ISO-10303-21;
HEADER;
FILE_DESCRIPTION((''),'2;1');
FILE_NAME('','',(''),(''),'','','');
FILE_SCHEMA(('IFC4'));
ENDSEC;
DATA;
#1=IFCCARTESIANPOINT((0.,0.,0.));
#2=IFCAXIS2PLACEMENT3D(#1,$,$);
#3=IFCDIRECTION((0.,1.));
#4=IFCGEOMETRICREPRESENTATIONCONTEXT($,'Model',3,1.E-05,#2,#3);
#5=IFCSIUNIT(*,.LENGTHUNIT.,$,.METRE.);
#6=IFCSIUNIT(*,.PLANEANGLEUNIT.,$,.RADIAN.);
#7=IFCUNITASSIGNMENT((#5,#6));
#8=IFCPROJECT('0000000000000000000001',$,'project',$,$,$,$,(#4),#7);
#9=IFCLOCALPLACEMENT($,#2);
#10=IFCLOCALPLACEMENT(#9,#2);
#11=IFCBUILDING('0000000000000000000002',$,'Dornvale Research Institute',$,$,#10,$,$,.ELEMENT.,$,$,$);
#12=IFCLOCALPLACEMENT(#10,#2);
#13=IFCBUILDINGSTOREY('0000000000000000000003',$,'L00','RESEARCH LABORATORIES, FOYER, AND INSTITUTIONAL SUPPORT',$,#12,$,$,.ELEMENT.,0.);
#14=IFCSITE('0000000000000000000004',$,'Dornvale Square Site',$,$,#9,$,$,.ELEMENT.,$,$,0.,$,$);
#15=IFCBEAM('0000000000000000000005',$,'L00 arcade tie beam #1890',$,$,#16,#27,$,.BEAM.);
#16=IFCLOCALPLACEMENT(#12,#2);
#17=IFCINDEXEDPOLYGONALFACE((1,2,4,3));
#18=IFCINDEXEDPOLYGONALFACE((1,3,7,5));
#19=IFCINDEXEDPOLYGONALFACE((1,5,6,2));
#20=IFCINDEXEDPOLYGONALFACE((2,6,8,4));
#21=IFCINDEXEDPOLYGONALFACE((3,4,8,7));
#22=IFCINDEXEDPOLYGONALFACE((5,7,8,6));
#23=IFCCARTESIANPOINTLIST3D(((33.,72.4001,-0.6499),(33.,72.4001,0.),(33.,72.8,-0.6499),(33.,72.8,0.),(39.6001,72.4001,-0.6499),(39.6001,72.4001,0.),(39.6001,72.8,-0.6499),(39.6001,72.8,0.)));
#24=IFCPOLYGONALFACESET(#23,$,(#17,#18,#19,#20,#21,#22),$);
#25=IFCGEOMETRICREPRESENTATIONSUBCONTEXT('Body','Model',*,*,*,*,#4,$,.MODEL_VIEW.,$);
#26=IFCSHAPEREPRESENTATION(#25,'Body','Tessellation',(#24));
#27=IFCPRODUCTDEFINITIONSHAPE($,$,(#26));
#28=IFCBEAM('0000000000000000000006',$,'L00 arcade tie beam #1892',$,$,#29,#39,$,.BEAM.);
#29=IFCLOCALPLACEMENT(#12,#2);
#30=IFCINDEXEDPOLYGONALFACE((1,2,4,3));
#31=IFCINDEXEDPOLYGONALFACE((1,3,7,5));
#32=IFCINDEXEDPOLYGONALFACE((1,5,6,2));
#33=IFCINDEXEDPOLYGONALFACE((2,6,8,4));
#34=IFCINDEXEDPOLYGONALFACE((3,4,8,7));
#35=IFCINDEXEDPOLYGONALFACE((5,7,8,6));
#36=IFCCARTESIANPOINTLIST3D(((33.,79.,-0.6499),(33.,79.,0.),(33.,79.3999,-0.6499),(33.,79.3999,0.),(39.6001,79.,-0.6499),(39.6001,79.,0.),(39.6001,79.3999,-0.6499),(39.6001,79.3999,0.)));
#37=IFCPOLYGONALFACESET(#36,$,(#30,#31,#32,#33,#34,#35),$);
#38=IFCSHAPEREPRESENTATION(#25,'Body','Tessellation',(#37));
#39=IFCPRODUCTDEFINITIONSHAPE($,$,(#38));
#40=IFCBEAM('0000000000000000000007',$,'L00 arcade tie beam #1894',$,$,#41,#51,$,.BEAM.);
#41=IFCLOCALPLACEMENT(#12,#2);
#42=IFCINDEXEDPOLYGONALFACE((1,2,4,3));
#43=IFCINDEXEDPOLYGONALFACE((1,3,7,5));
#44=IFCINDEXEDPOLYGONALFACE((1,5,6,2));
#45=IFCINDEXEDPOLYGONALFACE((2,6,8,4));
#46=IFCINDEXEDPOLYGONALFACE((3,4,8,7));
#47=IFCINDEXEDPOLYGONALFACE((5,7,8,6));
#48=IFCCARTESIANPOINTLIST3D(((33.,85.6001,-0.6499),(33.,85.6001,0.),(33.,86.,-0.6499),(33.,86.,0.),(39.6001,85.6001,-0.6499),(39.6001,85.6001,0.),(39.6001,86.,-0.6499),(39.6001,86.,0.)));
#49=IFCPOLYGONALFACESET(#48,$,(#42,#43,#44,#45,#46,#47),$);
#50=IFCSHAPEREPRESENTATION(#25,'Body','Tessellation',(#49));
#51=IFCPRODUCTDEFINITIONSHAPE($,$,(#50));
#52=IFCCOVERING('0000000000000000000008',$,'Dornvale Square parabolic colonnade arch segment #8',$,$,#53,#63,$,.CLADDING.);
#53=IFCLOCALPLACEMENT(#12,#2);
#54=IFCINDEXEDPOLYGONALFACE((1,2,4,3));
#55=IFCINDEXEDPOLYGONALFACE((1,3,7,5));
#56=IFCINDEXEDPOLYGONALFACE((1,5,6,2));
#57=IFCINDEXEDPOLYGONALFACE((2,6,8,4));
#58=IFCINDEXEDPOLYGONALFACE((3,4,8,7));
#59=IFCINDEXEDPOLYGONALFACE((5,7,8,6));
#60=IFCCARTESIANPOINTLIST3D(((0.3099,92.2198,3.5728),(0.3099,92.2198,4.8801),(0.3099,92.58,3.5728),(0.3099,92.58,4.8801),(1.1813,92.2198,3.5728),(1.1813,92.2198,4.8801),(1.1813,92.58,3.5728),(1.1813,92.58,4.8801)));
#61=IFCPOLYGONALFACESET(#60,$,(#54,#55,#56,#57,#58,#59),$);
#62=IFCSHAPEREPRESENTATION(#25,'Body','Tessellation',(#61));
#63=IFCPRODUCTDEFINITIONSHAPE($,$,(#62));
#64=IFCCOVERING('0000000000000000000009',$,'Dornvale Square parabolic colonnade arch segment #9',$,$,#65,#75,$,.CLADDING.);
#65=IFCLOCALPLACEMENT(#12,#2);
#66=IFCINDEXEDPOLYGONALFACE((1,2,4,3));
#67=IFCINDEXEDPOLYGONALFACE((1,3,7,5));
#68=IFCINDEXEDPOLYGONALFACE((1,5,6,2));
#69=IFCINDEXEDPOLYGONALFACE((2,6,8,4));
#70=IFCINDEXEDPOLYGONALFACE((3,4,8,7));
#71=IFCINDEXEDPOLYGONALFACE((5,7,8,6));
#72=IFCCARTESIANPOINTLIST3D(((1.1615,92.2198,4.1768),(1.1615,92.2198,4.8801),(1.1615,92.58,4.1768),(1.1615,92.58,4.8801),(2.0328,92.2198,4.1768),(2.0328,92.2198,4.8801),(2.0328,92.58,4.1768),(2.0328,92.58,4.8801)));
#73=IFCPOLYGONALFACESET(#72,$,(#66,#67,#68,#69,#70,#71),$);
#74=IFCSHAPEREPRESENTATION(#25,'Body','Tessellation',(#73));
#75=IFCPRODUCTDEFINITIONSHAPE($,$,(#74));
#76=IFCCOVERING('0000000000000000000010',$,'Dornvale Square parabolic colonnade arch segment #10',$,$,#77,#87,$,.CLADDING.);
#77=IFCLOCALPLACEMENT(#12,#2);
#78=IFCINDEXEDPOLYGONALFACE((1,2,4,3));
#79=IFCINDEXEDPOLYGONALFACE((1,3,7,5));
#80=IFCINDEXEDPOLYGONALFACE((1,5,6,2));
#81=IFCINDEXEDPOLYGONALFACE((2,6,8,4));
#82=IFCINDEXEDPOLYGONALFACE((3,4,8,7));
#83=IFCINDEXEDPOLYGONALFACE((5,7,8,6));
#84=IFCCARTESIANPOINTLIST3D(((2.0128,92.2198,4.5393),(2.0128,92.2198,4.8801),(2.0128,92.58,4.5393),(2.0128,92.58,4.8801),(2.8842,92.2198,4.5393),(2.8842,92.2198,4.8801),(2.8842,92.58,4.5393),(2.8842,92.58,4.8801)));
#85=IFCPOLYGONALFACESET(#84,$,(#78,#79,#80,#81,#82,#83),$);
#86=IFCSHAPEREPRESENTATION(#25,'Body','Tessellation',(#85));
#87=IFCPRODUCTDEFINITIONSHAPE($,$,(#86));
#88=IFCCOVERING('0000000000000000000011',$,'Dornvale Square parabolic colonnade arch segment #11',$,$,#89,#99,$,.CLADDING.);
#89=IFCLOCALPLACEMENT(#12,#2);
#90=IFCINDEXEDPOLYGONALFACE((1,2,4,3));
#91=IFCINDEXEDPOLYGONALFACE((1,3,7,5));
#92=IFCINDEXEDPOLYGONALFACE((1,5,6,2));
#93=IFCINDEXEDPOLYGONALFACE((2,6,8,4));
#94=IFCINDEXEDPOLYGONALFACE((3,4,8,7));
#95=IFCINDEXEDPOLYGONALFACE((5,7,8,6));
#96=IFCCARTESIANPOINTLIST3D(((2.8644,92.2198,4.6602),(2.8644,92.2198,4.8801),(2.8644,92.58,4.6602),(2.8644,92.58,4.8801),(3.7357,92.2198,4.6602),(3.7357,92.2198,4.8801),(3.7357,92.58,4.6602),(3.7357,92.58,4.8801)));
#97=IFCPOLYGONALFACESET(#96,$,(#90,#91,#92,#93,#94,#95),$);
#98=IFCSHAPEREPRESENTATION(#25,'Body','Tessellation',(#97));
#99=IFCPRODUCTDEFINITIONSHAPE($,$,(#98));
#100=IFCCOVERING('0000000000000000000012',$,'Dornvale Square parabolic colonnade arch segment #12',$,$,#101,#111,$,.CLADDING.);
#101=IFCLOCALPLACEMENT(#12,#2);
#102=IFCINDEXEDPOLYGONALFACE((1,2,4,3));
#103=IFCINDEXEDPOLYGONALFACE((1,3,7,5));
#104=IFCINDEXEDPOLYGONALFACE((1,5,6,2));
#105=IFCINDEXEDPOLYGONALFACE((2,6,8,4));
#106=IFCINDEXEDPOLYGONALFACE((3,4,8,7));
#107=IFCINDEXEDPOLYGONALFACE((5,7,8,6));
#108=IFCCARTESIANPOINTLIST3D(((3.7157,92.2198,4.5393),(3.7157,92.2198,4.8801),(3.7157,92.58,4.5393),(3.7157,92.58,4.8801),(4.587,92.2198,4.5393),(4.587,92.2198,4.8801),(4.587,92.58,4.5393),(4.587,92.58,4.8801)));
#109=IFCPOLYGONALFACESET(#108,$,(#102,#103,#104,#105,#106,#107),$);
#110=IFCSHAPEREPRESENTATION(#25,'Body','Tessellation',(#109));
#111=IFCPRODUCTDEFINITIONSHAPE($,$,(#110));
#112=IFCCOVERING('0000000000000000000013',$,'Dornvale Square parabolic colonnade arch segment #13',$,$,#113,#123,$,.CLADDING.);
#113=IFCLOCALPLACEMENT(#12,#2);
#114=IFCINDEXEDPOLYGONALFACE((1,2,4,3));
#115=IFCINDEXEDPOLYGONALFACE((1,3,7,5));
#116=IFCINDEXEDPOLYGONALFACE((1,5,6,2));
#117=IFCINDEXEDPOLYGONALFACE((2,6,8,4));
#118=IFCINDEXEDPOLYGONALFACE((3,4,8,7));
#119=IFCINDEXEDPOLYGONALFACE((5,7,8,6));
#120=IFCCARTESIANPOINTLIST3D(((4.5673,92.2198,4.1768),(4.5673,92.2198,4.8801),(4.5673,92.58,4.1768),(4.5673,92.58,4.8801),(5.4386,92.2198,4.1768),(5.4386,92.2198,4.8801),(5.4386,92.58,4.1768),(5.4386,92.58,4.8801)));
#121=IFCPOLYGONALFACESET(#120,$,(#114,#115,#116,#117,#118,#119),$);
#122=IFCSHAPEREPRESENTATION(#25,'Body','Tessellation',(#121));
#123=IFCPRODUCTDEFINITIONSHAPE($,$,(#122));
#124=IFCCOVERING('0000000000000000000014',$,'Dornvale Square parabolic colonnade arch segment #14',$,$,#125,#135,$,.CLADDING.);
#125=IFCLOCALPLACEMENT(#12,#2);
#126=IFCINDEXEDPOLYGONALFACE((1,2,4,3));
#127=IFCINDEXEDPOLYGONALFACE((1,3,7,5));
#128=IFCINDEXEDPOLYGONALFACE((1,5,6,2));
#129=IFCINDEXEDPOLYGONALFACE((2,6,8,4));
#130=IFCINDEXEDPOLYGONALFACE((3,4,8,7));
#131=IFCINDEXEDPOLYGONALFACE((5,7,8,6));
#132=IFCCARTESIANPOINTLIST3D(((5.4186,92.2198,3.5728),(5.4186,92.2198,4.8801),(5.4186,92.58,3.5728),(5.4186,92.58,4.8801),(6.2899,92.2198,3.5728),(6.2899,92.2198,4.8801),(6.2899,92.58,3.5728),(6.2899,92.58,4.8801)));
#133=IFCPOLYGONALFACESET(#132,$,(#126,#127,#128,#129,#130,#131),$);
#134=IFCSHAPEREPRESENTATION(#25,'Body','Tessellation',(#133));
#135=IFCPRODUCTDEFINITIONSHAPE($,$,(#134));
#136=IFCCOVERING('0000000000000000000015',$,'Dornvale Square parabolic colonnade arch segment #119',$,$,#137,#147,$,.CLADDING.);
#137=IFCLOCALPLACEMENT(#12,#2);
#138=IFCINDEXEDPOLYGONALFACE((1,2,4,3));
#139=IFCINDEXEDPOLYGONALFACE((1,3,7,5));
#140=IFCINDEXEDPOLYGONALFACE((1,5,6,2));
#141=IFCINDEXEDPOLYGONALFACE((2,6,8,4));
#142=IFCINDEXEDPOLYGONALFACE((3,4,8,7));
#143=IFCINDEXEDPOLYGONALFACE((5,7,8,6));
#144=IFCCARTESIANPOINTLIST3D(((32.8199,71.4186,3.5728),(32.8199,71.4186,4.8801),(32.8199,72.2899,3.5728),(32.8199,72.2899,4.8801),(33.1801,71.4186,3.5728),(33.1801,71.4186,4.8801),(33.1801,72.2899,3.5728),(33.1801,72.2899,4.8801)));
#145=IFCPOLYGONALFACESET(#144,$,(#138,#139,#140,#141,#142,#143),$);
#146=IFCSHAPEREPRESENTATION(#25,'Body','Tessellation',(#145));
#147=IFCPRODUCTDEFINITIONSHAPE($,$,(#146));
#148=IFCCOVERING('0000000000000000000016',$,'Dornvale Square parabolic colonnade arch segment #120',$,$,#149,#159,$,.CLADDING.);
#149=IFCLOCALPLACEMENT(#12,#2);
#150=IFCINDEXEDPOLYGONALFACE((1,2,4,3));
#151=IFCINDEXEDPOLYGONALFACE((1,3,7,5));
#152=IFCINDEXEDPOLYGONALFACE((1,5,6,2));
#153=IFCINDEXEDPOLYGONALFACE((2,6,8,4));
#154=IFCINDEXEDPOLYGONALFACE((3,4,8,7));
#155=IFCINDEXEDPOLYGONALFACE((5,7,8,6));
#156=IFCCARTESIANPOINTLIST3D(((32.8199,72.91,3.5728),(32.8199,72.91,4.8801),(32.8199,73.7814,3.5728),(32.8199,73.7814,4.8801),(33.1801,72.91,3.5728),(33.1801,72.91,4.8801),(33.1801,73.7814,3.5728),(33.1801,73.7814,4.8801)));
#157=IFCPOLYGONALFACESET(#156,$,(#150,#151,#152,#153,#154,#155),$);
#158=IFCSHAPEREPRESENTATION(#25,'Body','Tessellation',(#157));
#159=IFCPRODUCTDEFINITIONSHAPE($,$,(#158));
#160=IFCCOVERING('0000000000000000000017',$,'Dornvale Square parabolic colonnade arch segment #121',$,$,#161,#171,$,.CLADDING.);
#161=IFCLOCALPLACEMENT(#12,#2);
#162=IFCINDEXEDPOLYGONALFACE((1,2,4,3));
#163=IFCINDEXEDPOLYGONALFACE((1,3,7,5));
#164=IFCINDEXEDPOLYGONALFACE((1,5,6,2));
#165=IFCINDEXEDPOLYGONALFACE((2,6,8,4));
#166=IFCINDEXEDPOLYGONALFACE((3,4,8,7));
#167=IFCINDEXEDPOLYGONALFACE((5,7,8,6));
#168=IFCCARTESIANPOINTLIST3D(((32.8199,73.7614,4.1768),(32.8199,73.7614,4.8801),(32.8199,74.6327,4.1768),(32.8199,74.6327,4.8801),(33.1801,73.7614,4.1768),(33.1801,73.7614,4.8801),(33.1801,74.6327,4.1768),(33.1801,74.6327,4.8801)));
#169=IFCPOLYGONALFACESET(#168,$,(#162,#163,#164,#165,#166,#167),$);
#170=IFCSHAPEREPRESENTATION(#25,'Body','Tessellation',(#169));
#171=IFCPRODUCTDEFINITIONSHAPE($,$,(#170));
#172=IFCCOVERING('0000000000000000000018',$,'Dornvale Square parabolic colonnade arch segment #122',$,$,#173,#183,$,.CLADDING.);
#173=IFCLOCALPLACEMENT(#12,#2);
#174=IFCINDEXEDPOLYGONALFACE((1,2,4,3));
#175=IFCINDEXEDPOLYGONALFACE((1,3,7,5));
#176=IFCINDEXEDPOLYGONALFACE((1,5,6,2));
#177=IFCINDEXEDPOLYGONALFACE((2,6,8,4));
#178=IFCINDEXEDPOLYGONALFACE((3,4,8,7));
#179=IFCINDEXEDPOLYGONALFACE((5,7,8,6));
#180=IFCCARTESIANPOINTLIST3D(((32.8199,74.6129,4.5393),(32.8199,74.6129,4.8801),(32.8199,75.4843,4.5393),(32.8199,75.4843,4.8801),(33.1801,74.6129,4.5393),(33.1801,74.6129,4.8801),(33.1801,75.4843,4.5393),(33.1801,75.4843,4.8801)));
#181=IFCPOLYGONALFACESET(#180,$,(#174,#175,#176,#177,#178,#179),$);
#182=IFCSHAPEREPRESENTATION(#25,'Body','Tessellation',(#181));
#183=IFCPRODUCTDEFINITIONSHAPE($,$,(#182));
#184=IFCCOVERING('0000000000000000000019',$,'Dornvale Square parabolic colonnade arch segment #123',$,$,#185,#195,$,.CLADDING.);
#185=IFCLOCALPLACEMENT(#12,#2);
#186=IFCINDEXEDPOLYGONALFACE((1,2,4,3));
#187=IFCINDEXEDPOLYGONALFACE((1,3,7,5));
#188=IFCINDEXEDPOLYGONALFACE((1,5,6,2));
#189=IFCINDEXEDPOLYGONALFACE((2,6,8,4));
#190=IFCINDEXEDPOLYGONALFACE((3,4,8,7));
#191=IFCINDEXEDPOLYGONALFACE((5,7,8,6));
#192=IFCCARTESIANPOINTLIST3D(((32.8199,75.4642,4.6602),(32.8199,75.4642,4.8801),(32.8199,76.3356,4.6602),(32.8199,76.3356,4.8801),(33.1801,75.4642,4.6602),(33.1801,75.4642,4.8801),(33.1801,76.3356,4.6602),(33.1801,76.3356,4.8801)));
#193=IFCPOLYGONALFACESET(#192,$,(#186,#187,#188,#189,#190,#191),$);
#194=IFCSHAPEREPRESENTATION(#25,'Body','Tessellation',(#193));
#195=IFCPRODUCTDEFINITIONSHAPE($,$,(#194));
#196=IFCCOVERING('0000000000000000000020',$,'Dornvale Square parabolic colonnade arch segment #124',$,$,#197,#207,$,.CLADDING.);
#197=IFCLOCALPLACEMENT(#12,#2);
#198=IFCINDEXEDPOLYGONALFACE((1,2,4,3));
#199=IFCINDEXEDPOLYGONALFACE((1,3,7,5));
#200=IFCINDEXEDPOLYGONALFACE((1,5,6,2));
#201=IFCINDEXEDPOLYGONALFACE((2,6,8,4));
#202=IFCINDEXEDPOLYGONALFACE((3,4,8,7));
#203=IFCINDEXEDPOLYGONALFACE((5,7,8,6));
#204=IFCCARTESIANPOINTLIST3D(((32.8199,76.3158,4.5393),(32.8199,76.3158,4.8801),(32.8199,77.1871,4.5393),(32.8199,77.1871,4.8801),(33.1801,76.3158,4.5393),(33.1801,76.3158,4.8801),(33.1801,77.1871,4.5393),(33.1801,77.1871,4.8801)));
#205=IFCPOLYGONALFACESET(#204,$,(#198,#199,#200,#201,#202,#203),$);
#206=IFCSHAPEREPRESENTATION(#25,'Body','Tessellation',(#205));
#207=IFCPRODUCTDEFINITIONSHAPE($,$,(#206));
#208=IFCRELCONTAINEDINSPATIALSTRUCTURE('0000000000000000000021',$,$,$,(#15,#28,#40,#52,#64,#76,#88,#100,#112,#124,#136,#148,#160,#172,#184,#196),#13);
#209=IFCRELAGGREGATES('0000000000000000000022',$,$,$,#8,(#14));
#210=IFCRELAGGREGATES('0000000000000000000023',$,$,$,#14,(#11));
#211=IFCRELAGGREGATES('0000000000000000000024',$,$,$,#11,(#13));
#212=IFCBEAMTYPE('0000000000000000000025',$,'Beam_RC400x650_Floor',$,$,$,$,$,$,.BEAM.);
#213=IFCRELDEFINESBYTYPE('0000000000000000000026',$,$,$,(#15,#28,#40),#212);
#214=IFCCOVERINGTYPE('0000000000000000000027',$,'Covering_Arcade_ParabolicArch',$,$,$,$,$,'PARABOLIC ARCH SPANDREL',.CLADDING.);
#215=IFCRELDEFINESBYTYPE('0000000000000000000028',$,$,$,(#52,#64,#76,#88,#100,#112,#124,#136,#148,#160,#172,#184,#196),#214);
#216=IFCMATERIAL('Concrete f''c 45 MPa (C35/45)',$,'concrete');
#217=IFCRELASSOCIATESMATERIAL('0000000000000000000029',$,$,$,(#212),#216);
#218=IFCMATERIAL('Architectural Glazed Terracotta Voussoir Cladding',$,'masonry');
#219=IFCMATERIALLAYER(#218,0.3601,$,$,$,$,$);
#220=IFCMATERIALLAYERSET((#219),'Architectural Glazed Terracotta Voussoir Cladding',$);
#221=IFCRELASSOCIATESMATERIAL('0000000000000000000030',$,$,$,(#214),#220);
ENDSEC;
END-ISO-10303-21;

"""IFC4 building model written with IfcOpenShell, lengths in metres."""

from ifc_helpers import new_model, si_unit, direction, frame, origin, origin_2d, place, context, subcontext, project, spatial, rectangle, extrude, material, layer, layer_set, material_profile, profile_set, type_object, element, save


model = new_model("IFC4")

# Units and contexts
model_context = context("Model", 3, precision=1e-05, world=origin(), true_north=direction((0.0, 1.0)))
body_context = subcontext(model_context, "Body", "Model", "MODEL_VIEW")
ifc_project = project(units=[si_unit("LENGTHUNIT", "METRE"), si_unit("PLANEANGLEUNIT", "RADIAN")], contexts=[model_context])

# Site, building, storey
site_placement = place(None, origin())
site = spatial("IfcSite", under=ifc_project, at=site_placement, Name="Dornvale Square Site", CompositionType="ELEMENT", RefElevation=0.0)
building_placement = place(site_placement, origin())
building = spatial("IfcBuilding", under=site, at=building_placement, Name="Dornvale Research Institute", CompositionType="ELEMENT")
storey_placement = place(building_placement, origin())
storey = spatial("IfcBuildingStorey", under=building, at=storey_placement, Name="L00", Description="RESEARCH LABORATORIES, FOYER, AND INSTITUTIONAL SUPPORT", CompositionType="ELEMENT", Elevation=0.0)

# Beams
ifc_material_1 = material(Name="Concrete f'c 45 MPa (C35/45)", Category="concrete")
ifc_material_profile_1 = material_profile(ifc_material_1, rectangle(XDim=0.3999, YDim=0.6499, at=origin_2d()), Name="RC 400x650")
ifc_profile_set_1 = profile_set([ifc_material_profile_1], Name="Concrete f'c 45 MPa (C35/45)")
beam_type = type_object("IfcBeamType", Name="Beam_RC400x650_Floor", PredefinedType="BEAM", material=ifc_profile_set_1)
for number, where, z_axis, x_axis, name in (
    (1, (33.0, 72.6001, -0.325), (1.0, 0.0, 0.0), (0.0, 1.0, 0.0), "L00 arcade tie beam #1890"),
    (2, (33.0, 79.2, -0.325), (1.0, 0.0, 0.0), (0.0, 1.0, 0.0), "L00 arcade tie beam #1892"),
    (3, (33.0, 85.8, -0.325), (1.0, 0.0, 0.0), (0.0, 1.0, 0.0), "L00 arcade tie beam #1894"),
):
    element("IfcBeam", number, at=place(storey_placement, frame(where, z_axis=z_axis, x_axis=x_axis)), inside=storey, type_object=beam_type, Name=name, PredefinedType="BEAM", context=body_context, shape_type="SweptSolid", body=[
        extrude(rectangle(XDim=0.3999, YDim=0.6499, at=origin_2d()), origin(), (0.0, 0.0, 1.0), 6.6001),
    ])

# Coverings
ifc_material_2 = material(Name="Architectural Glazed Terracotta Voussoir Cladding", Category="masonry")
ifc_layer = layer(ifc_material_2, 0.3601)
ifc_layer_set = layer_set([ifc_layer], Name="Architectural Glazed Terracotta Voussoir Cladding")
covering_type = type_object("IfcCoveringType", Name="Covering_Arcade_ParabolicArch", ElementType="PARABOLIC ARCH SPANDREL", PredefinedType="CLADDING", material=ifc_layer_set)
covering_1_placement = place(storey_placement, frame((0.7456, 92.3999, 3.5728), z_axis=(0.0, 0.0, 1.0), x_axis=(1.0, 0.0, 0.0)))
element("IfcCovering", 4, at=covering_1_placement, inside=storey, type_object=covering_type, Name="Dornvale Square parabolic colonnade arch segment #8", PredefinedType="CLADDING", context=body_context, shape_type="SweptSolid", body=[
    extrude(rectangle(XDim=0.8713, YDim=0.3601, at=origin_2d()), origin(), (0.0, 0.0, 1.0), 1.3074),
])
covering_2_placement = place(storey_placement, frame((1.5972, 92.3999, 4.1768), z_axis=(0.0, 0.0, 1.0), x_axis=(1.0, 0.0, 0.0)))
element("IfcCovering", 5, at=covering_2_placement, inside=storey, type_object=covering_type, Name="Dornvale Square parabolic colonnade arch segment #9", PredefinedType="CLADDING", context=body_context, shape_type="SweptSolid", body=[
    extrude(rectangle(XDim=0.8713, YDim=0.3601, at=origin_2d()), origin(), (0.0, 0.0, 1.0), 0.7034),
])
covering_3_placement = place(storey_placement, frame((2.4485, 92.3999, 4.5393), z_axis=(0.0, 0.0, 1.0), x_axis=(1.0, 0.0, 0.0)))
element("IfcCovering", 6, at=covering_3_placement, inside=storey, type_object=covering_type, Name="Dornvale Square parabolic colonnade arch segment #10", PredefinedType="CLADDING", context=body_context, shape_type="SweptSolid", body=[
    extrude(rectangle(XDim=0.8713, YDim=0.3601, at=origin_2d()), origin(), (0.0, 0.0, 1.0), 0.3408),
])
covering_4_placement = place(storey_placement, frame((3.3, 92.3999, 4.6602), z_axis=(0.0, 0.0, 1.0), x_axis=(1.0, 0.0, 0.0)))
element("IfcCovering", 7, at=covering_4_placement, inside=storey, type_object=covering_type, Name="Dornvale Square parabolic colonnade arch segment #11", PredefinedType="CLADDING", context=body_context, shape_type="SweptSolid", body=[
    extrude(rectangle(XDim=0.8713, YDim=0.3601, at=origin_2d()), origin(), (0.0, 0.0, 1.0), 0.22),
])
covering_5_placement = place(storey_placement, frame((4.1514, 92.3999, 4.5393), z_axis=(0.0, 0.0, 1.0), x_axis=(1.0, 0.0, 0.0)))
element("IfcCovering", 8, at=covering_5_placement, inside=storey, type_object=covering_type, Name="Dornvale Square parabolic colonnade arch segment #12", PredefinedType="CLADDING", context=body_context, shape_type="SweptSolid", body=[
    extrude(rectangle(XDim=0.8713, YDim=0.3601, at=origin_2d()), origin(), (0.0, 0.0, 1.0), 0.3408),
])
covering_6_placement = place(storey_placement, frame((5.0029, 92.3999, 4.1768), z_axis=(0.0, 0.0, 1.0), x_axis=(1.0, 0.0, 0.0)))
element("IfcCovering", 9, at=covering_6_placement, inside=storey, type_object=covering_type, Name="Dornvale Square parabolic colonnade arch segment #13", PredefinedType="CLADDING", context=body_context, shape_type="SweptSolid", body=[
    extrude(rectangle(XDim=0.8713, YDim=0.3601, at=origin_2d()), origin(), (0.0, 0.0, 1.0), 0.7034),
])
for number, where, z_axis, x_axis, name in (
    (10, (5.8542, 92.3999, 3.5728), (0.0, 0.0, 1.0), (1.0, 0.0, 0.0), "Dornvale Square parabolic colonnade arch segment #14"),
    (11, (33.0, 71.8542, 3.5728), (0.0, 0.0, 1.0), (0.0, 1.0, 0.0), "Dornvale Square parabolic colonnade arch segment #119"),
    (12, (33.0, 73.3457, 3.5728), (0.0, 0.0, 1.0), (0.0, 1.0, 0.0), "Dornvale Square parabolic colonnade arch segment #120"),
):
    element("IfcCovering", number, at=place(storey_placement, frame(where, z_axis=z_axis, x_axis=x_axis)), inside=storey, type_object=covering_type, Name=name, PredefinedType="CLADDING", context=body_context, shape_type="SweptSolid", body=[
        extrude(rectangle(XDim=0.8713, YDim=0.3601, at=origin_2d()), origin(), (0.0, 0.0, 1.0), 1.3074),
    ])
covering_7_placement = place(storey_placement, frame((33.0, 74.197, 4.1768), z_axis=(0.0, 0.0, 1.0), x_axis=(0.0, 1.0, 0.0)))
element("IfcCovering", 13, at=covering_7_placement, inside=storey, type_object=covering_type, Name="Dornvale Square parabolic colonnade arch segment #121", PredefinedType="CLADDING", context=body_context, shape_type="SweptSolid", body=[
    extrude(rectangle(XDim=0.8713, YDim=0.3601, at=origin_2d()), origin(), (0.0, 0.0, 1.0), 0.7034),
])
covering_8_placement = place(storey_placement, frame((33.0, 75.0486, 4.5393), z_axis=(0.0, 0.0, 1.0), x_axis=(0.0, 1.0, 0.0)))
element("IfcCovering", 14, at=covering_8_placement, inside=storey, type_object=covering_type, Name="Dornvale Square parabolic colonnade arch segment #122", PredefinedType="CLADDING", context=body_context, shape_type="SweptSolid", body=[
    extrude(rectangle(XDim=0.8713, YDim=0.3601, at=origin_2d()), origin(), (0.0, 0.0, 1.0), 0.3408),
])
covering_9_placement = place(storey_placement, frame((33.0, 75.8999, 4.6602), z_axis=(0.0, 0.0, 1.0), x_axis=(0.0, 1.0, 0.0)))
element("IfcCovering", 15, at=covering_9_placement, inside=storey, type_object=covering_type, Name="Dornvale Square parabolic colonnade arch segment #123", PredefinedType="CLADDING", context=body_context, shape_type="SweptSolid", body=[
    extrude(rectangle(XDim=0.8713, YDim=0.3601, at=origin_2d()), origin(), (0.0, 0.0, 1.0), 0.22),
])
covering_10_placement = place(storey_placement, frame((33.0, 76.7515, 4.5393), z_axis=(0.0, 0.0, 1.0), x_axis=(0.0, 1.0, 0.0)))
element("IfcCovering", 16, at=covering_10_placement, inside=storey, type_object=covering_type, Name="Dornvale Square parabolic colonnade arch segment #124", PredefinedType="CLADDING", context=body_context, shape_type="SweptSolid", body=[
    extrude(rectangle(XDim=0.8713, YDim=0.3601, at=origin_2d()), origin(), (0.0, 0.0, 1.0), 0.3408),
])

save(model, "model.ifc")
